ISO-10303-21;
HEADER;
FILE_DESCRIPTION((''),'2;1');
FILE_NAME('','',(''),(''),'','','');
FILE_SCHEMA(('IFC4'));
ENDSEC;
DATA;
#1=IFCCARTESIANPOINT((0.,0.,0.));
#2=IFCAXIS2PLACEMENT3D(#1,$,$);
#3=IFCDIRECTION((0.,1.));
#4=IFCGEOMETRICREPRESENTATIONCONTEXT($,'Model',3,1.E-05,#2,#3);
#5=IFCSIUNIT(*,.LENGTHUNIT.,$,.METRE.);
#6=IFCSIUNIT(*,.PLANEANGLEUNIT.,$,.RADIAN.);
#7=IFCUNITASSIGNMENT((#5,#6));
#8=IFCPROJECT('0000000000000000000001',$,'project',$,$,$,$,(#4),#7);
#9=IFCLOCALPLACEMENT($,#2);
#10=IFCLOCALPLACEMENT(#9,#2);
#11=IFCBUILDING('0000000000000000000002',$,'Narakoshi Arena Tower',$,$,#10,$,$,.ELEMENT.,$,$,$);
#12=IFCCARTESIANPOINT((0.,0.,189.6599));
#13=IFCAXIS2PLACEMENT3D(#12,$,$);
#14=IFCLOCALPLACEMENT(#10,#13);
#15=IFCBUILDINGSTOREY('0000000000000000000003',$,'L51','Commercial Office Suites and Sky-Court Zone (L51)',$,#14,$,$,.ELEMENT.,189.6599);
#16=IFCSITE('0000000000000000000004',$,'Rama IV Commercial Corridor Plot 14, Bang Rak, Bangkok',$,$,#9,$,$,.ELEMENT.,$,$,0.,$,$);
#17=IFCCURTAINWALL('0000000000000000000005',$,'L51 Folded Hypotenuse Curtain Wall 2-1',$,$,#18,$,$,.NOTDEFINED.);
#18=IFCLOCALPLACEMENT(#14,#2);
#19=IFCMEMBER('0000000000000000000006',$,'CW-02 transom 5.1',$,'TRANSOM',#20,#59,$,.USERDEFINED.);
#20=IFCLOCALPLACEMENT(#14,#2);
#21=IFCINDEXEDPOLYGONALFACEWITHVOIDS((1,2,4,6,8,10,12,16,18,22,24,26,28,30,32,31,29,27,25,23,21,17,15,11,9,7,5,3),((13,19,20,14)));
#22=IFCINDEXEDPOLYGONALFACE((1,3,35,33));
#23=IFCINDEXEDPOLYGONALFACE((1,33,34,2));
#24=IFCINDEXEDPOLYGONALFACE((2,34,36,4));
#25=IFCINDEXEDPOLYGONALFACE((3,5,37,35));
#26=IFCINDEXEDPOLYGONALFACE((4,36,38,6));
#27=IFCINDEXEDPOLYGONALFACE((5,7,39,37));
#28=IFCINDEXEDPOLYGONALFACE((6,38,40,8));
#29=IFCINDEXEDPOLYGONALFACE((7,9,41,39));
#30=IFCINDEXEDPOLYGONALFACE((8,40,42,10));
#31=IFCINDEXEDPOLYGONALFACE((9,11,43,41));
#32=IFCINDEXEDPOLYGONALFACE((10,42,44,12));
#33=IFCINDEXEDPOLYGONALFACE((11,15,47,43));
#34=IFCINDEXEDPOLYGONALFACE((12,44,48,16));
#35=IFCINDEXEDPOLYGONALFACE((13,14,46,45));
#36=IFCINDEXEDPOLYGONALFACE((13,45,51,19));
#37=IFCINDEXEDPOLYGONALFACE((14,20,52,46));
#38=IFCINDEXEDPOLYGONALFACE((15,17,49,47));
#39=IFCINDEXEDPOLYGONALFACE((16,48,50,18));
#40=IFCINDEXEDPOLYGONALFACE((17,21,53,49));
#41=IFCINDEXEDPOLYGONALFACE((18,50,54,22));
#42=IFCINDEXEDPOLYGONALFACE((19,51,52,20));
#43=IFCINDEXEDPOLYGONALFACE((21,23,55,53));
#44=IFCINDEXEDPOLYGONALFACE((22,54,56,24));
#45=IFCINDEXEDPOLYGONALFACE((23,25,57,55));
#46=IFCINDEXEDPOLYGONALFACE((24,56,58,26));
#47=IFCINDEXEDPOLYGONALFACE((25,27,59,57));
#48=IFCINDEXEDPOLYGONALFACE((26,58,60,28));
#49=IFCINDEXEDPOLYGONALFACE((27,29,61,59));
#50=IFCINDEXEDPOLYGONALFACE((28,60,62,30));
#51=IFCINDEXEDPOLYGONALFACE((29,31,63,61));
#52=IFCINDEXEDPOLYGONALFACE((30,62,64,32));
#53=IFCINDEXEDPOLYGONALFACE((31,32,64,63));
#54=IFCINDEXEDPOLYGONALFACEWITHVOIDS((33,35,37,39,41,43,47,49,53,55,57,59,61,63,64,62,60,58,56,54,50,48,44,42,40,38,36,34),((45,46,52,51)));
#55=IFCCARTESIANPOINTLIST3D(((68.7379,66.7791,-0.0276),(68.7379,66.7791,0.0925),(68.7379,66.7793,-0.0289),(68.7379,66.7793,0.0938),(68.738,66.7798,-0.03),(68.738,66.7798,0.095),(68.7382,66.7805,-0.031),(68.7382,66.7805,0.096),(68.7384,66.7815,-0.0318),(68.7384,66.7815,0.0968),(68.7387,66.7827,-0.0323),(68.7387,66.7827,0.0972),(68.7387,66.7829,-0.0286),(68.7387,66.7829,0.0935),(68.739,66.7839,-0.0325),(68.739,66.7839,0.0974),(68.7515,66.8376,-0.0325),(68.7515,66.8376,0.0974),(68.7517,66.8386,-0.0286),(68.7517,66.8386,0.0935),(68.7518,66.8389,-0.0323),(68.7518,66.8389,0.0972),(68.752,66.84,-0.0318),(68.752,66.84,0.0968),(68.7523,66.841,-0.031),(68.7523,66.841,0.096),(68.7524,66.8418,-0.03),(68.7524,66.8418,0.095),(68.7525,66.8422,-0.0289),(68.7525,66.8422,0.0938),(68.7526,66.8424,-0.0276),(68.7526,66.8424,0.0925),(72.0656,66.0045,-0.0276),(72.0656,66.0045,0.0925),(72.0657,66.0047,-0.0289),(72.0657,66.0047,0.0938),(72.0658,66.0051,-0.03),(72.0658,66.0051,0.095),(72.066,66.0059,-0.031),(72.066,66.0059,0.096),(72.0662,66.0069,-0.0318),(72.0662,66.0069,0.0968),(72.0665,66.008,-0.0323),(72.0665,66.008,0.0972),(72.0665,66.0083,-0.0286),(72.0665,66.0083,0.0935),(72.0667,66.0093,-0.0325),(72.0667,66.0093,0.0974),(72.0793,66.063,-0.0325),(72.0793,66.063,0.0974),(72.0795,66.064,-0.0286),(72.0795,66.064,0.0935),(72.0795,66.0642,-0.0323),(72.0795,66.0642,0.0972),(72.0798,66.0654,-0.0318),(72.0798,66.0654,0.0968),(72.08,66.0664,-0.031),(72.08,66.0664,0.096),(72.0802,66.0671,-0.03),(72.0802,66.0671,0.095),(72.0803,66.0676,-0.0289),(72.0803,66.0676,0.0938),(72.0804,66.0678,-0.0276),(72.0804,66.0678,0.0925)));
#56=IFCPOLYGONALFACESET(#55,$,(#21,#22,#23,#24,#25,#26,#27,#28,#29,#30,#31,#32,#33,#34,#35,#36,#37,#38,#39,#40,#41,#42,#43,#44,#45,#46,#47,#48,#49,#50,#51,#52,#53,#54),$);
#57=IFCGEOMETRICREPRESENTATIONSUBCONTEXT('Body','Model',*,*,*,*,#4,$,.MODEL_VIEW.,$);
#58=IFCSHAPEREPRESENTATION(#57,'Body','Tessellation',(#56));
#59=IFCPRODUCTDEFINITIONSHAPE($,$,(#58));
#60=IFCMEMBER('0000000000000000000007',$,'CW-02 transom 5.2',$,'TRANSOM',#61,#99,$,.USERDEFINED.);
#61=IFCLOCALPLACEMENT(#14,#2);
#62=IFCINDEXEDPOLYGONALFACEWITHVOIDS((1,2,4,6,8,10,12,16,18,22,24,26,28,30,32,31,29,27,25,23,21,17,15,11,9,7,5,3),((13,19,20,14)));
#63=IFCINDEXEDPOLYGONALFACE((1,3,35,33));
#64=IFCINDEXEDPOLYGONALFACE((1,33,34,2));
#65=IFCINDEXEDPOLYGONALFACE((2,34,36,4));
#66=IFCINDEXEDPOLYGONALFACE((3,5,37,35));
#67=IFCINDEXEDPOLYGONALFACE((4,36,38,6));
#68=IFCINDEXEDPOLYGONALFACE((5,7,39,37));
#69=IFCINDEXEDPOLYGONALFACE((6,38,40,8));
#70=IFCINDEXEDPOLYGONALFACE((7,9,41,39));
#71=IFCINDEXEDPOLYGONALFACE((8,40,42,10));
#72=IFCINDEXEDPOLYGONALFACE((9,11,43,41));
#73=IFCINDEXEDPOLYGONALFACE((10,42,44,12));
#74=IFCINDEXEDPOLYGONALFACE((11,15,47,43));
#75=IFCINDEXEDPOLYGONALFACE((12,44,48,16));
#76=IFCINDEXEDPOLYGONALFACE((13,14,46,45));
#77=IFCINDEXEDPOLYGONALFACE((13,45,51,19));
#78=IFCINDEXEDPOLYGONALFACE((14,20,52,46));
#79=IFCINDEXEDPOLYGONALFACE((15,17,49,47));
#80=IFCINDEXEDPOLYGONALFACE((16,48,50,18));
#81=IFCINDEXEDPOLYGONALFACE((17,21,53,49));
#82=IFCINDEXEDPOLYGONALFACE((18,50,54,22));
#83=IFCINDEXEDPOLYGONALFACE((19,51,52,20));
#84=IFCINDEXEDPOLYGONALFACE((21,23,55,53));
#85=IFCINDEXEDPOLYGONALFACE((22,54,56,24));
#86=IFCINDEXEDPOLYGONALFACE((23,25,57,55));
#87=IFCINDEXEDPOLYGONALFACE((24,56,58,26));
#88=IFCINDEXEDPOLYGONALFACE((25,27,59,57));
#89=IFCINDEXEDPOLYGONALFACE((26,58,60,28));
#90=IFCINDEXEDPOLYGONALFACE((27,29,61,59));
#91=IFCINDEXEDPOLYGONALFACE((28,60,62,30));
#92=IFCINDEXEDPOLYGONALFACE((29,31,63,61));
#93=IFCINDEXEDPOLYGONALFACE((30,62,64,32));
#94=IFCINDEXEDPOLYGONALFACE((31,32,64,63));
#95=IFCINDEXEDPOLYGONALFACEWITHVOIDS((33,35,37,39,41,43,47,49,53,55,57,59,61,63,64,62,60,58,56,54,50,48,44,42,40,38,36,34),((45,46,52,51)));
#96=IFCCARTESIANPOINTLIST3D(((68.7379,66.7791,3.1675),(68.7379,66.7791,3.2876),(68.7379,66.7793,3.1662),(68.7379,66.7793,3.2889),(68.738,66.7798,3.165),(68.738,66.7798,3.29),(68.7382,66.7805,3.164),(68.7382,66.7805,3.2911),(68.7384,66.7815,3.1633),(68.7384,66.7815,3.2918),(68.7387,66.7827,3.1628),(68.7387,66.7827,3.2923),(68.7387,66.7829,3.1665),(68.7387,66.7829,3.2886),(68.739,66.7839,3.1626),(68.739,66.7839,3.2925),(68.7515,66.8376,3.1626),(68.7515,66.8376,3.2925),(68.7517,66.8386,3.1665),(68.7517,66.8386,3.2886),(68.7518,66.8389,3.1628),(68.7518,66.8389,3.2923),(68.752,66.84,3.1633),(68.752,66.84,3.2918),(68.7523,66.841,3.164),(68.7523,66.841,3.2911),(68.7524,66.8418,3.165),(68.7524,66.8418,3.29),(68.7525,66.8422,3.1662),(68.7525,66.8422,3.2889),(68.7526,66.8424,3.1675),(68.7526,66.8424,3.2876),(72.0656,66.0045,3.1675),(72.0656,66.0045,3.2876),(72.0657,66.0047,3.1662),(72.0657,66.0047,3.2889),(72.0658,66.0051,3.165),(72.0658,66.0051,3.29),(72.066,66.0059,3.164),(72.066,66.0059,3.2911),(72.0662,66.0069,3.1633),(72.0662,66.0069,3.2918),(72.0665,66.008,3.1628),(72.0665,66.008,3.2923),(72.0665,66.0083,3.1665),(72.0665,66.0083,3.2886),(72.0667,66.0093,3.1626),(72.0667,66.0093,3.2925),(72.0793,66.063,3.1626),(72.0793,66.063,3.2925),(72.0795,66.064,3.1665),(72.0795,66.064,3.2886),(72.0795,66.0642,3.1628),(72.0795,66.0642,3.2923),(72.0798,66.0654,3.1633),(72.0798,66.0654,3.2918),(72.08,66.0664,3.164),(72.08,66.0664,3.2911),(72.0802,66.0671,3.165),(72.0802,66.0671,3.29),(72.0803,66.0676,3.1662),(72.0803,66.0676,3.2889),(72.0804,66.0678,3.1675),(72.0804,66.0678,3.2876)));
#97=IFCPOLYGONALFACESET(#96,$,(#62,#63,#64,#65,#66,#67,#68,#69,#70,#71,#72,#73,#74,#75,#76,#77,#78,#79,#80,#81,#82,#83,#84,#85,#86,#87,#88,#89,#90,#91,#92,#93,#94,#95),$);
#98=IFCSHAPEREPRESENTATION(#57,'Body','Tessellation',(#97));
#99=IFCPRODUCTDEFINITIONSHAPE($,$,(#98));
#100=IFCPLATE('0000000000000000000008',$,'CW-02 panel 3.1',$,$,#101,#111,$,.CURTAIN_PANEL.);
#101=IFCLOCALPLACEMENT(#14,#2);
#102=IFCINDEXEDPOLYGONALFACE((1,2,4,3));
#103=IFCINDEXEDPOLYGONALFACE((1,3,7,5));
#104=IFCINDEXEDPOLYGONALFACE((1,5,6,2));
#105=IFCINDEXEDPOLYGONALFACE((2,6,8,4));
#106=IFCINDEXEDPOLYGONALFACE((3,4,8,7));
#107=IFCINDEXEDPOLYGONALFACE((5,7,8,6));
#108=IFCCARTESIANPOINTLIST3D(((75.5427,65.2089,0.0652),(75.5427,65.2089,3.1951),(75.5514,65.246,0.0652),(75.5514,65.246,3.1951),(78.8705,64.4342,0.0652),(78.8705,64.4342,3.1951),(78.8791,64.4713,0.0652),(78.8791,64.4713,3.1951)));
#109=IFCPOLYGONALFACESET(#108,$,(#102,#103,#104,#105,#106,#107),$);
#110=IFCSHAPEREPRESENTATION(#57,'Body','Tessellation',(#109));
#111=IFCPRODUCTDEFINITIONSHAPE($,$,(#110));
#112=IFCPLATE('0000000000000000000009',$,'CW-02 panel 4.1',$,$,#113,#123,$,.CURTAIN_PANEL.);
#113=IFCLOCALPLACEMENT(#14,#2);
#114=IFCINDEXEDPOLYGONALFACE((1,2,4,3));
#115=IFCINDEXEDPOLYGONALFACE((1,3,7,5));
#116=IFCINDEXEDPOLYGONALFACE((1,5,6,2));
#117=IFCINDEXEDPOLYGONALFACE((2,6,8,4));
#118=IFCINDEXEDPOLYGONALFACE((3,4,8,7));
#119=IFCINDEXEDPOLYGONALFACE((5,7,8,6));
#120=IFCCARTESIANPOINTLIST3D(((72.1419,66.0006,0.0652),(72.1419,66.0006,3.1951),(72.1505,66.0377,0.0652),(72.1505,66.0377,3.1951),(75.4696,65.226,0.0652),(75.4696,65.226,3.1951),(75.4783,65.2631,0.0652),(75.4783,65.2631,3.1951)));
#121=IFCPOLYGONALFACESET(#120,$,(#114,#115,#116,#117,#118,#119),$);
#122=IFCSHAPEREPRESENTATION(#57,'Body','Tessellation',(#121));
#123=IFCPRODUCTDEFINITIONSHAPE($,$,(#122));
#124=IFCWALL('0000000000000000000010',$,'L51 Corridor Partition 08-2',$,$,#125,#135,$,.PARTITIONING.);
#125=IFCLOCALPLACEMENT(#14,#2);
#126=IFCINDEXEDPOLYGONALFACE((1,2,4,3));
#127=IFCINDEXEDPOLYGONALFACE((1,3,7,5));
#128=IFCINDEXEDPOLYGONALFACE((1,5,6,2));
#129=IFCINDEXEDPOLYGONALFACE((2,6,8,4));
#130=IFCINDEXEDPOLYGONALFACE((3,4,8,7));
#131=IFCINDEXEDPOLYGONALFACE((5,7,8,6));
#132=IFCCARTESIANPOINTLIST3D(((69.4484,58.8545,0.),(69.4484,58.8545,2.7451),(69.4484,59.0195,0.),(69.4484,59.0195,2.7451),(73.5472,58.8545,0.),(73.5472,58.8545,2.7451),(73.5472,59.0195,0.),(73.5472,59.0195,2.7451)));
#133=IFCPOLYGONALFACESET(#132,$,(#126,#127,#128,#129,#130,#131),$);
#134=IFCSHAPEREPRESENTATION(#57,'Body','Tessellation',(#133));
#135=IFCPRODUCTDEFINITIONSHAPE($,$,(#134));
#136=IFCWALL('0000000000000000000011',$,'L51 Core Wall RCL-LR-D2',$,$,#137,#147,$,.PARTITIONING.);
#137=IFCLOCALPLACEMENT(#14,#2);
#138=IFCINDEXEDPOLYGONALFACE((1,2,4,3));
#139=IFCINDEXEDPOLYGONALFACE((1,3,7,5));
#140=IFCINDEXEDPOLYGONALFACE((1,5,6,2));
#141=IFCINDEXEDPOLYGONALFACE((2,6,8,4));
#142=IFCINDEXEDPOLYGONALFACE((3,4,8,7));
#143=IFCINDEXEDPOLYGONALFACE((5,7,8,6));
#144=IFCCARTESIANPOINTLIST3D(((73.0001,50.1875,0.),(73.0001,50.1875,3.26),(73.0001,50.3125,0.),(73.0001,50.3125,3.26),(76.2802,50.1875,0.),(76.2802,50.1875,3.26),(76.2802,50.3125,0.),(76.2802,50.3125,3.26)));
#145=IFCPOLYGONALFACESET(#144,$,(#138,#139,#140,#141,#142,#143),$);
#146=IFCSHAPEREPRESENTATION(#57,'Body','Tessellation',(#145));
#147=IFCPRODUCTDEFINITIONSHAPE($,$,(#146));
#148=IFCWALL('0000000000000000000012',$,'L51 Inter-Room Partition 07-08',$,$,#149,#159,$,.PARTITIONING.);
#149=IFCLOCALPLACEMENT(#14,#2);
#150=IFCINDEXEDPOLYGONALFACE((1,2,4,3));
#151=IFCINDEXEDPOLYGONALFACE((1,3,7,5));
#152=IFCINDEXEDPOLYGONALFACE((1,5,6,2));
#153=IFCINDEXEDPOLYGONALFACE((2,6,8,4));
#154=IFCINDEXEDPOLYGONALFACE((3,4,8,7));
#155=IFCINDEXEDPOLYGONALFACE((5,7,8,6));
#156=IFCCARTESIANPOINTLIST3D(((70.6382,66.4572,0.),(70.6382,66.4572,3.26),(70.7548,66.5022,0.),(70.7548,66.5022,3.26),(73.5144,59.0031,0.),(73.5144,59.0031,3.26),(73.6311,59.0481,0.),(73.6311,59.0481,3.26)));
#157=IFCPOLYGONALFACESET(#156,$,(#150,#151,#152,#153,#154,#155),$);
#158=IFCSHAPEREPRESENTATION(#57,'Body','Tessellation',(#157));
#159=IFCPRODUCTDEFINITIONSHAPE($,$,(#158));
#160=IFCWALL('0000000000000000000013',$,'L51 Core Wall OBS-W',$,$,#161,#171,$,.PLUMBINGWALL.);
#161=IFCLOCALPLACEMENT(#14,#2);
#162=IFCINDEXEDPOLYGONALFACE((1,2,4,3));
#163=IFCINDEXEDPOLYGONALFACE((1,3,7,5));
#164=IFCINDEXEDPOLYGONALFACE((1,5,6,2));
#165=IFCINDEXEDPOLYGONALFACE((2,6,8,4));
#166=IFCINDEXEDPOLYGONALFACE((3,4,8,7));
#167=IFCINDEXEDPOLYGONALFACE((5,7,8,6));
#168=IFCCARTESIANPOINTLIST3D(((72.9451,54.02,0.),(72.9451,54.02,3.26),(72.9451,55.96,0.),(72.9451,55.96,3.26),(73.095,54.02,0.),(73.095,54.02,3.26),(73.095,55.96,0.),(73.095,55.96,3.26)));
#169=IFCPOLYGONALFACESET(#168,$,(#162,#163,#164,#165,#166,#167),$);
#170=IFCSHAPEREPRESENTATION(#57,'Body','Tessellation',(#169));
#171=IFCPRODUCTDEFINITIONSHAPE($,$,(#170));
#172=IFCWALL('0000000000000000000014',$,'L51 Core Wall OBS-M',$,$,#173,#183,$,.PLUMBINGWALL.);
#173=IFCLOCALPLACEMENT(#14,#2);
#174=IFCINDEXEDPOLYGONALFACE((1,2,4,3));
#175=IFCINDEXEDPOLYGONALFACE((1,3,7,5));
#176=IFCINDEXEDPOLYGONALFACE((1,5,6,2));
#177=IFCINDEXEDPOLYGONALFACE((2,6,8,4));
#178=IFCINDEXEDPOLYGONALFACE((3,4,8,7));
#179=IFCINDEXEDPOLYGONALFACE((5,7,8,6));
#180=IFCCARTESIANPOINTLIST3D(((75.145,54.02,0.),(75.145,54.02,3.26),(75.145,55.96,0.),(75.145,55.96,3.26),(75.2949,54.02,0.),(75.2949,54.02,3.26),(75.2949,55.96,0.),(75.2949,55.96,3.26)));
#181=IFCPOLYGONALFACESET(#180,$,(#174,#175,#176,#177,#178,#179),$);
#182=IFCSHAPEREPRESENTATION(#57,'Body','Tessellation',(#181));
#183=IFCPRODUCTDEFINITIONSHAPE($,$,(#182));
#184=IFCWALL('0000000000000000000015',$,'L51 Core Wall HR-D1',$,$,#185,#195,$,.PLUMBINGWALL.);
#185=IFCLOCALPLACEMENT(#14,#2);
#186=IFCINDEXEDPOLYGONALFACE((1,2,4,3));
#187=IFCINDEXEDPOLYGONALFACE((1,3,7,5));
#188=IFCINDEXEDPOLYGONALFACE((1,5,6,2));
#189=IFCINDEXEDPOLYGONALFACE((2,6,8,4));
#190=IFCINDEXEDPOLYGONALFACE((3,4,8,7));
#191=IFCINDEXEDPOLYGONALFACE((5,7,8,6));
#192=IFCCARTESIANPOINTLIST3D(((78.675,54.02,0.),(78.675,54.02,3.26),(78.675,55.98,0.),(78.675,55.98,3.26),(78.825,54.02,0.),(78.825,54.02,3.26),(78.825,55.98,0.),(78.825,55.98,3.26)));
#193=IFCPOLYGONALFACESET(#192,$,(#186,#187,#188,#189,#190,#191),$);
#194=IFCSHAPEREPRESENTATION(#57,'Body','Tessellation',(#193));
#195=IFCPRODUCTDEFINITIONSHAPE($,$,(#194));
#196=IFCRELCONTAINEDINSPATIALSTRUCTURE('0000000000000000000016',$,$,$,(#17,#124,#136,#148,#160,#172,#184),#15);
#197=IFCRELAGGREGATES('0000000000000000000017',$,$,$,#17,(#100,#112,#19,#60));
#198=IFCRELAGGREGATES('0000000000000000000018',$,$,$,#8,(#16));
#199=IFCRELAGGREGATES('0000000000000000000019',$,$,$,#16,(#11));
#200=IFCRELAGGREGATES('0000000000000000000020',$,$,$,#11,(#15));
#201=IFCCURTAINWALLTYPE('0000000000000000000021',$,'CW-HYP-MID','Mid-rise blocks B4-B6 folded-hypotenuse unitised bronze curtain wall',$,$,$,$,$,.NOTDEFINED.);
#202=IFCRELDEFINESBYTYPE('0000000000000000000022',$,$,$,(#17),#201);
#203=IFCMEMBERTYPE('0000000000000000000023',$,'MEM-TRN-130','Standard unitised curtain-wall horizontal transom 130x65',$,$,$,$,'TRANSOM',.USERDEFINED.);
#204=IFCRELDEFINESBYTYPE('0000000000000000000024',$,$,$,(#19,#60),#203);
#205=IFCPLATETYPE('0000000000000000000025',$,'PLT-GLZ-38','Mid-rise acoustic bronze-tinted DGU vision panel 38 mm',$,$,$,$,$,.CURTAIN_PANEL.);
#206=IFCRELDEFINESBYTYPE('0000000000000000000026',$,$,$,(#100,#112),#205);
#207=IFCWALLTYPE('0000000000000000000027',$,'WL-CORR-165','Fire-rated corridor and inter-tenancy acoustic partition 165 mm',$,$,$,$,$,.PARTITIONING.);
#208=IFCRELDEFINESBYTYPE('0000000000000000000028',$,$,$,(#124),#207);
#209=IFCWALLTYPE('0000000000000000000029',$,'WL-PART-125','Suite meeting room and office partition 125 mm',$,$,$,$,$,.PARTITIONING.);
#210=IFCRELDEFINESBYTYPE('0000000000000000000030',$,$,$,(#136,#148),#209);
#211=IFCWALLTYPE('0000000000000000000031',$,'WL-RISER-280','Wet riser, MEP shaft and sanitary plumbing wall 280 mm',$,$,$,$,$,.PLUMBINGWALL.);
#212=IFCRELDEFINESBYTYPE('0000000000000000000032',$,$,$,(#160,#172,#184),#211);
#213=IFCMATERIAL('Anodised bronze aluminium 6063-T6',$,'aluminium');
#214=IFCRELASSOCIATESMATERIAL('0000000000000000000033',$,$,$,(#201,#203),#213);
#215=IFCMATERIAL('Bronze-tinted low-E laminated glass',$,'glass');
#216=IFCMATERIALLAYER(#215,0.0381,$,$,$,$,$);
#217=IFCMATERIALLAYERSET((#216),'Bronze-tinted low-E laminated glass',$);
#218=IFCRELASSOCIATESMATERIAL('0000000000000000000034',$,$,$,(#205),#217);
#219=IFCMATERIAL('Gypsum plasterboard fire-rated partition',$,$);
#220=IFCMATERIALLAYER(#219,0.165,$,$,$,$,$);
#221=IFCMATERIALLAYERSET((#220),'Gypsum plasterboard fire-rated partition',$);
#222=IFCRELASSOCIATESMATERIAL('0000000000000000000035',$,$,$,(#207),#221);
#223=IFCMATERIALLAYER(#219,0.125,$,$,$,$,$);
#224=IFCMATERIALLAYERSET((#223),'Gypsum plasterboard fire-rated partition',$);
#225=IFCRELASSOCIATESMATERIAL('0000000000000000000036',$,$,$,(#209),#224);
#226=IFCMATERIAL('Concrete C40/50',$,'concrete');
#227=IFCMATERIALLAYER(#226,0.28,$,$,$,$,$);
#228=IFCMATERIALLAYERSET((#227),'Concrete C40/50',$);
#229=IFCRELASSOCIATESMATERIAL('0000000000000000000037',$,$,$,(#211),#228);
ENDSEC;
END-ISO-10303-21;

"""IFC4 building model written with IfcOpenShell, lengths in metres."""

from ifc_helpers import new_model, si_unit, direction, frame, frame_2d, origin, origin_2d, place, context, subcontext, project, spatial, rectangle, hollow_rectangle, extrude, material, layer, layer_set, material_profile, profile_set, type_object, element, aggregate, save


model = new_model("IFC4")

# Units and contexts
model_context = context("Model", 3, precision=1e-05, world=origin(), true_north=direction((0.0, 1.0)))
body_context = subcontext(model_context, "Body", "Model", "MODEL_VIEW")
ifc_project = project(units=[si_unit("LENGTHUNIT", "METRE"), si_unit("PLANEANGLEUNIT", "RADIAN")], contexts=[model_context])

# Site, building, storey
site_placement = place(None, origin())
site = spatial("IfcSite", under=ifc_project, at=site_placement, Name="Rama IV Commercial Corridor Plot 14, Bang Rak, Bangkok", CompositionType="ELEMENT", RefElevation=0.0)
building_placement = place(site_placement, origin())
building = spatial("IfcBuilding", under=site, at=building_placement, Name="Narakoshi Arena Tower", CompositionType="ELEMENT")
storey_placement = place(building_placement, frame((0.0, 0.0, 189.6599)))
storey = spatial("IfcBuildingStorey", under=building, at=storey_placement, Name="L51", Description="Commercial Office Suites and Sky-Court Zone (L51)", CompositionType="ELEMENT", Elevation=189.6599)

# Curtain wall, members, plates
ifc_material_1 = material(Name="Anodised bronze aluminium 6063-T6", Category="aluminium")
curtain_wall_type = type_object("IfcCurtainWallType", Name="CW-HYP-MID", Description="Mid-rise blocks B4-B6 folded-hypotenuse unitised bronze curtain wall", PredefinedType="NOTDEFINED", material=ifc_material_1)
curtain_wall_placement = place(storey_placement, origin())
curtain_wall = element("IfcCurtainWall", 1, at=curtain_wall_placement, inside=storey, type_object=curtain_wall_type, Name="L51 Folded Hypotenuse Curtain Wall 2-1", PredefinedType="NOTDEFINED")
ifc_material_profile_1 = material_profile(ifc_material_1, hollow_rectangle(XDim=0.0649, YDim=0.1299, WallThickness=0.0039, OuterFilletRadius=0.0049, at=origin_2d()), Name="TRN130x65x4")
ifc_profile_set_1 = profile_set([ifc_material_profile_1], Name="Anodised bronze aluminium 6063-T6")
member_type_1 = type_object("IfcMemberType", Name="MEM-TRN-130", Description="Standard unitised curtain-wall horizontal transom 130x65", ElementType="TRANSOM", PredefinedType="USERDEFINED", material=ifc_profile_set_1)
member_1_placement = place(storey_placement, frame((72.073, 66.0361, 0.0325), z_axis=(-0.973961, 0.226717, 0.0), x_axis=(-0.226717, -0.973961, 0.0)))
member_1 = element("IfcMember", 2, at=member_1_placement, type_object=member_type_1, Name="CW-02 transom 5.1", ObjectType="TRANSOM", PredefinedType="USERDEFINED", context=body_context, shape_type="SweptSolid", body=[
    extrude(hollow_rectangle(XDim=0.0649, YDim=0.1299, WallThickness=0.0039, OuterFilletRadius=0.0049, at=origin_2d()), origin(), (0.0, 0.0, 1.0), 3.4167),
])
member_2_placement = place(storey_placement, frame((72.073, 66.0361, 3.2275), z_axis=(-0.973961, 0.226717, 0.0), x_axis=(-0.226717, -0.973961, 0.0)))
member_2 = element("IfcMember", 3, at=member_2_placement, type_object=member_type_1, Name="CW-02 transom 5.2", ObjectType="TRANSOM", PredefinedType="USERDEFINED", context=body_context, shape_type="SweptSolid", body=[
    extrude(hollow_rectangle(XDim=0.0649, YDim=0.1299, WallThickness=0.0039, OuterFilletRadius=0.0049, at=origin_2d()), origin(), (0.0, 0.0, 1.0), 3.4167),
])
ifc_material_2 = material(Name="Bronze-tinted low-E laminated glass", Category="glass")
ifc_layer_1 = layer(ifc_material_2, 0.0381)
ifc_layer_set_1 = layer_set([ifc_layer_1], Name="Bronze-tinted low-E laminated glass")
plate_type = type_object("IfcPlateType", Name="PLT-GLZ-38", Description="Mid-rise acoustic bronze-tinted DGU vision panel 38 mm", PredefinedType="CURTAIN_PANEL", material=ifc_layer_set_1)
plate_1_placement = place(storey_placement, frame((77.2109, 64.8401, 0.0652), z_axis=(0.0, 0.0, 1.0), x_axis=(-0.97396, 0.226721, 0.0)))
plate_1 = element("IfcPlate", 4, at=plate_1_placement, type_object=plate_type, Name="CW-02 panel 3.1", PredefinedType="CURTAIN_PANEL", context=body_context, shape_type="SweptSolid", body=[
    extrude(rectangle(XDim=3.4167, YDim=0.0381, at=origin_2d()), origin(), (0.0, 0.0, 1.0), 3.1299),
])
plate_2_placement = place(storey_placement, frame((73.8101, 65.6318, 0.0652), z_axis=(0.0, 0.0, 1.0), x_axis=(-0.97396, 0.226721, 0.0)))
plate_2 = element("IfcPlate", 5, at=plate_2_placement, type_object=plate_type, Name="CW-02 panel 4.1", PredefinedType="CURTAIN_PANEL", context=body_context, shape_type="SweptSolid", body=[
    extrude(rectangle(XDim=3.4167, YDim=0.0381, at=origin_2d()), origin(), (0.0, 0.0, 1.0), 3.1299),
])
aggregate(curtain_wall, [plate_1, plate_2, member_1, member_2])

# Walls
ifc_material_3 = material(Name="Gypsum plasterboard fire-rated partition")
ifc_layer_2 = layer(ifc_material_3, 0.165)
ifc_layer_set_2 = layer_set([ifc_layer_2], Name="Gypsum plasterboard fire-rated partition")
wall_type_1 = type_object("IfcWallType", Name="WL-CORR-165", Description="Fire-rated corridor and inter-tenancy acoustic partition 165 mm", PredefinedType="PARTITIONING", material=ifc_layer_set_2)
wall_1_placement = place(storey_placement, frame((73.5471, 58.937, 0.0), z_axis=(0.0, 0.0, 1.0), x_axis=(-1.0, 0.0, 0.0)))
element("IfcWall", 6, at=wall_1_placement, inside=storey, type_object=wall_type_1, Name="L51 Corridor Partition 08-2", PredefinedType="PARTITIONING", context=body_context, shape_type="SweptSolid", body=[
    extrude(rectangle(XDim=4.0989, YDim=0.165, at=frame_2d((2.0493, 0.0))), origin(), (0.0, 0.0, 1.0), 2.7451),
])
ifc_layer_3 = layer(ifc_material_3, 0.125)
ifc_layer_set_3 = layer_set([ifc_layer_3], Name="Gypsum plasterboard fire-rated partition")
wall_type_2 = type_object("IfcWallType", Name="WL-PART-125", Description="Suite meeting room and office partition 125 mm", PredefinedType="PARTITIONING", material=ifc_layer_set_3)
wall_2_placement = place(storey_placement, frame((73.0, 50.25, 0.0), z_axis=(0.0, 0.0, 1.0), x_axis=(1.0, 0.0, 0.0)))
element("IfcWall", 7, at=wall_2_placement, inside=storey, type_object=wall_type_2, Name="L51 Core Wall RCL-LR-D2", PredefinedType="PARTITIONING", context=body_context, shape_type="SweptSolid", body=[
    extrude(rectangle(XDim=3.28, YDim=0.125, at=frame_2d((1.6401, 0.0))), origin(), (0.0, 0.0, 1.0), 3.26),
])
wall_3_placement = place(storey_placement, frame((73.5728, 59.0256, 0.0), z_axis=(0.0, 0.0, 1.0), x_axis=(-0.359988, 0.932957, 0.0)))
element("IfcWall", 8, at=wall_3_placement, inside=storey, type_object=wall_type_2, Name="L51 Inter-Room Partition 07-08", PredefinedType="PARTITIONING", context=body_context, shape_type="SweptSolid", body=[
    extrude(rectangle(XDim=7.9897, YDim=0.125, at=frame_2d((3.9949, 0.0))), origin(), (0.0, 0.0, 1.0), 3.26),
])
ifc_material_4 = material(Name="Concrete C40/50", Category="concrete")
ifc_layer_4 = layer(ifc_material_4, 0.28)
ifc_layer_set_4 = layer_set([ifc_layer_4], Name="Concrete C40/50")
wall_type_3 = type_object("IfcWallType", Name="WL-RISER-280", Description="Wet riser, MEP shaft and sanitary plumbing wall 280 mm", PredefinedType="PLUMBINGWALL", material=ifc_layer_set_4)
for number, where, z_axis, x_axis, name in (
    (9, (73.02, 54.02, 0.0), (0.0, 0.0, 1.0), (0.0, 1.0, 0.0), "L51 Core Wall OBS-W"),
    (10, (75.22, 54.02, 0.0), (0.0, 0.0, 1.0), (0.0, 1.0, 0.0), "L51 Core Wall OBS-M"),
):
    element("IfcWall", number, at=place(storey_placement, frame(where, z_axis=z_axis, x_axis=x_axis)), inside=storey, type_object=wall_type_3, Name=name, PredefinedType="PLUMBINGWALL", context=body_context, shape_type="SweptSolid", body=[
        extrude(rectangle(XDim=1.9399, YDim=0.1499, at=frame_2d((0.97, 0.0))), origin(), (0.0, 0.0, 1.0), 3.26),
    ])
wall_4_placement = place(storey_placement, frame((78.75, 54.02, 0.0), z_axis=(0.0, 0.0, 1.0), x_axis=(0.0, 1.0, 0.0)))
element("IfcWall", 11, at=wall_4_placement, inside=storey, type_object=wall_type_3, Name="L51 Core Wall HR-D1", PredefinedType="PLUMBINGWALL", context=body_context, shape_type="SweptSolid", body=[
    extrude(rectangle(XDim=1.96, YDim=0.1499, at=frame_2d((0.98, 0.0))), origin(), (0.0, 0.0, 1.0), 3.26),
])

save(model, "model.ifc")
